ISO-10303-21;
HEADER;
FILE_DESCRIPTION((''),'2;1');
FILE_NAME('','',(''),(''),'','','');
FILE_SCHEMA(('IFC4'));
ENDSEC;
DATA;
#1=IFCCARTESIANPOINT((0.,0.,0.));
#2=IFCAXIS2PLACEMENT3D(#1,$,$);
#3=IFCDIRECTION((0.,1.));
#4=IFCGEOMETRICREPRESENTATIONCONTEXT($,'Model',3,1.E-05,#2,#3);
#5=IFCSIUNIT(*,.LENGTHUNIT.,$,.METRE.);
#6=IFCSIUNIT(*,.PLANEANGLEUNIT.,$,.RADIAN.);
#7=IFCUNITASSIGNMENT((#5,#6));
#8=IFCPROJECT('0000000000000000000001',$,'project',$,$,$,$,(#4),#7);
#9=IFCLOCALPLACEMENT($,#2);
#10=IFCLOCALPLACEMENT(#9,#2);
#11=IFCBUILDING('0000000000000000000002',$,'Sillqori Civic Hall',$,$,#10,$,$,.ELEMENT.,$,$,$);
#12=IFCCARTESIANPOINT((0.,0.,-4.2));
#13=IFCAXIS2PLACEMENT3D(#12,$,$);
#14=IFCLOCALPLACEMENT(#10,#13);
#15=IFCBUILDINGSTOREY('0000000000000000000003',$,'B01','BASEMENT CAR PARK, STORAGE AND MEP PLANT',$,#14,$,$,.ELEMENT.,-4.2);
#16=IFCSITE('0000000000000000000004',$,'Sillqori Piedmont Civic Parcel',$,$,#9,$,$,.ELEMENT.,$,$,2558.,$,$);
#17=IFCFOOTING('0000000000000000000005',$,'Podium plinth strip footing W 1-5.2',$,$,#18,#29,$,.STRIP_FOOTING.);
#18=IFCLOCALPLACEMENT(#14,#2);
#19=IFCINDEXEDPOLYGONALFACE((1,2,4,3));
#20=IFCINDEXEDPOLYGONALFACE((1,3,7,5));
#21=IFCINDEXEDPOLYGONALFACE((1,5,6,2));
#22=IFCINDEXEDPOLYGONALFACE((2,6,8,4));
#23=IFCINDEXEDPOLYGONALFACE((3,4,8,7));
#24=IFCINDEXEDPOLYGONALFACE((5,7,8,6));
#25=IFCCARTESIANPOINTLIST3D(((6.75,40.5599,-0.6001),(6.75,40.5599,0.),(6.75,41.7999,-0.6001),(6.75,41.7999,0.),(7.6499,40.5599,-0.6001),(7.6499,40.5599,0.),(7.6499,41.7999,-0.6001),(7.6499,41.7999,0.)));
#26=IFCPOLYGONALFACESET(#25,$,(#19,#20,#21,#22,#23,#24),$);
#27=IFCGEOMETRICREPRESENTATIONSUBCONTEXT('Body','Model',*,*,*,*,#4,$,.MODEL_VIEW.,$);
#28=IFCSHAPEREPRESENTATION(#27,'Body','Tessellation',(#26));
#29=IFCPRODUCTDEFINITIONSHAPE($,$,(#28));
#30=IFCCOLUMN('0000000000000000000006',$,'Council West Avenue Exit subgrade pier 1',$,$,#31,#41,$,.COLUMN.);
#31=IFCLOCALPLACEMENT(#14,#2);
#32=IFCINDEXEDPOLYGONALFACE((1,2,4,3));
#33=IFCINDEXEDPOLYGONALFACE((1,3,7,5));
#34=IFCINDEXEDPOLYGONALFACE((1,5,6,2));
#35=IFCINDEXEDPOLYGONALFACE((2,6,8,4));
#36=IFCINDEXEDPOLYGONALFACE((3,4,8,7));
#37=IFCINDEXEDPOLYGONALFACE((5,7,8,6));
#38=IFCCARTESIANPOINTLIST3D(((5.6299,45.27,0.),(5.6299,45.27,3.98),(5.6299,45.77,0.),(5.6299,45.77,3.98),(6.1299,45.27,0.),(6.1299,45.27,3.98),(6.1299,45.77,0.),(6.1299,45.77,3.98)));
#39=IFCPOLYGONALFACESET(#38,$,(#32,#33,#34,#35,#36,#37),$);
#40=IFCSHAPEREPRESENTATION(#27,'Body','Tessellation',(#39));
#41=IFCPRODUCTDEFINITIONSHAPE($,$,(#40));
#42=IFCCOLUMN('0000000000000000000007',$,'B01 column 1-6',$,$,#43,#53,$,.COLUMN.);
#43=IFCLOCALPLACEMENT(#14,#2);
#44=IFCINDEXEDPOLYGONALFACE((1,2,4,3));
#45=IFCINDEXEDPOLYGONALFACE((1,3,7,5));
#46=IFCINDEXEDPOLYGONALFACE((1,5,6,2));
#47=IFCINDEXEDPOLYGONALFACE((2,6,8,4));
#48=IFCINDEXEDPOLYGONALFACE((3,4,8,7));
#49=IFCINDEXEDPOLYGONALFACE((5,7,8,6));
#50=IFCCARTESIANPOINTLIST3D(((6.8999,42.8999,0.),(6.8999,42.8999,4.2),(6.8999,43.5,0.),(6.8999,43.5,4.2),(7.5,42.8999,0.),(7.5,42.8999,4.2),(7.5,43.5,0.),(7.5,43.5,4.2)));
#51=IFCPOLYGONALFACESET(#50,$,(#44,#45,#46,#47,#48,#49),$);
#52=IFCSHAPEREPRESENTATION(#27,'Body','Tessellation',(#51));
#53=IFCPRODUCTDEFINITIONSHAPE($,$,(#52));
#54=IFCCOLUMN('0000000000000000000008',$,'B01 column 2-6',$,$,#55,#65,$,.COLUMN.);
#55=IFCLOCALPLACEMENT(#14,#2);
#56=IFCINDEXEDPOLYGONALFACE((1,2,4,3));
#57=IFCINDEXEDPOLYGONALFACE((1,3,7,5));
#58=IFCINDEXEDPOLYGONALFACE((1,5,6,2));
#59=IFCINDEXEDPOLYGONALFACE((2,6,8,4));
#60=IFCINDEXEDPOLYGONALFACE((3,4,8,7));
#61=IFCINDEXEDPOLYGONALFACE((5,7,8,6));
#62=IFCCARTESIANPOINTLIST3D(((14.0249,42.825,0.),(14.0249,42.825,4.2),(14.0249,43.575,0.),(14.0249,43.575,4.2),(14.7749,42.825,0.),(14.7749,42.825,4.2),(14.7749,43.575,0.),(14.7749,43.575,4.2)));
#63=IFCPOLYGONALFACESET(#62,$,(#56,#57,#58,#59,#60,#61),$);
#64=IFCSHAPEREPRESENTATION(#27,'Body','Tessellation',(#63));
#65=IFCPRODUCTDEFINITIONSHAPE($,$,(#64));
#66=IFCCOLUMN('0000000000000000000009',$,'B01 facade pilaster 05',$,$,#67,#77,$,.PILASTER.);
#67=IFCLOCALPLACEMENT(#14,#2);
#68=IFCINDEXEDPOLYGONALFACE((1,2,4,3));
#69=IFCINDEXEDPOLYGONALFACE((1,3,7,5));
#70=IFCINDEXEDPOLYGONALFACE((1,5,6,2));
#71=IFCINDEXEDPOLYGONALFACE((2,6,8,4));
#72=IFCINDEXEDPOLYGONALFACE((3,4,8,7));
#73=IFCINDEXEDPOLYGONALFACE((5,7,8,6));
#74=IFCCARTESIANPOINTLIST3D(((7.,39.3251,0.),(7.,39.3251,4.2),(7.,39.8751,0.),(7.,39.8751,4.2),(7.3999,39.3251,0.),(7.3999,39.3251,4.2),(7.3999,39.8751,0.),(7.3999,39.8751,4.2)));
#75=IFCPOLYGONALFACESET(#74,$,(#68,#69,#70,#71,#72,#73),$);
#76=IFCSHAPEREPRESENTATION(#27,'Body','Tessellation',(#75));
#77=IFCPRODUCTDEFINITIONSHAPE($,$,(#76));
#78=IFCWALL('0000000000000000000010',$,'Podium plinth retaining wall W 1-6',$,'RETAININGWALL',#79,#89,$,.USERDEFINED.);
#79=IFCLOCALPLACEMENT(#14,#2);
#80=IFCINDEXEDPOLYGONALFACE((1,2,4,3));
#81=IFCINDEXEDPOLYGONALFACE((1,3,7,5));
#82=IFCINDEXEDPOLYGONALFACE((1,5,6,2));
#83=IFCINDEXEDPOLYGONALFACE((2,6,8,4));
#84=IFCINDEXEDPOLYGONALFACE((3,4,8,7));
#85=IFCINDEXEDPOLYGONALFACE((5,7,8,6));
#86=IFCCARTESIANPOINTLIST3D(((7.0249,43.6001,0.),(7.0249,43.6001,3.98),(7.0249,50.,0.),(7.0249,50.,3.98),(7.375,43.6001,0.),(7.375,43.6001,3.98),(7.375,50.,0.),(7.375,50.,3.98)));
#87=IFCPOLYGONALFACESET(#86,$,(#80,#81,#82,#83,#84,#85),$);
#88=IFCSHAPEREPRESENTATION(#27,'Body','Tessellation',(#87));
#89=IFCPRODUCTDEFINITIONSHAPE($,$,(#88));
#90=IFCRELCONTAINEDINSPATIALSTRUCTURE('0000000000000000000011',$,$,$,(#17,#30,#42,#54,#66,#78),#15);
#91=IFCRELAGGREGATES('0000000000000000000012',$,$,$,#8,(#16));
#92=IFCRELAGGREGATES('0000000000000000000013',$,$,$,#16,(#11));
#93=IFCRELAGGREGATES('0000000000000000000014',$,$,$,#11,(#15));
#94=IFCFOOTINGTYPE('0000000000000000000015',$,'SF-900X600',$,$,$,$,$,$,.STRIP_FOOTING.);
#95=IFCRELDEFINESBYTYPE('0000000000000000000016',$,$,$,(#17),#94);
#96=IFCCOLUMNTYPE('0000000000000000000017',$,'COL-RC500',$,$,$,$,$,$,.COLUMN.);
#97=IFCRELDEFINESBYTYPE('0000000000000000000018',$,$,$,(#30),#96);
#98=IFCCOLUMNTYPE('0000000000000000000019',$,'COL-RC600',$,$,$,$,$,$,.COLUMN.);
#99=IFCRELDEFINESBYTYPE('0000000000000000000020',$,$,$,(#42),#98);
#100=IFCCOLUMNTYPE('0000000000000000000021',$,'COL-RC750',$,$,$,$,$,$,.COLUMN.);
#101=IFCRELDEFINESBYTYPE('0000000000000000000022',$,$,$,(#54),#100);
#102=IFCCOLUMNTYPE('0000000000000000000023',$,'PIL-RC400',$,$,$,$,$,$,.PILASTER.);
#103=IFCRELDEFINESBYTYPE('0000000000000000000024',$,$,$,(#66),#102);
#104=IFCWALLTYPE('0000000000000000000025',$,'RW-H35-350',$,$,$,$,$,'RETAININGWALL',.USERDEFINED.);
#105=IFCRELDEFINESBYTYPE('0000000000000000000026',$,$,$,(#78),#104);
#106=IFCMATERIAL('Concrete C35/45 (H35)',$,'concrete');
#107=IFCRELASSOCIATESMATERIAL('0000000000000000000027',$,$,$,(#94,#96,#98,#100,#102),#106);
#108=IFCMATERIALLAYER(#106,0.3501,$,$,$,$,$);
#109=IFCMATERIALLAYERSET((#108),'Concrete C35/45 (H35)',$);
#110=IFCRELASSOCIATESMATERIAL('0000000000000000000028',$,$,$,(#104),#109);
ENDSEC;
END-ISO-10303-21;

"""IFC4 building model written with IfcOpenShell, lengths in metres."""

from ifc_helpers import new_model, si_unit, direction, frame, frame_2d, origin, origin_2d, place, context, subcontext, project, spatial, rectangle, extrude, material, layer, layer_set, material_profile, profile_set, type_object, element, save


model = new_model("IFC4")

# Units and contexts
model_context = context("Model", 3, precision=1e-05, world=origin(), true_north=direction((0.0, 1.0)))
body_context = subcontext(model_context, "Body", "Model", "MODEL_VIEW")
ifc_project = project(units=[si_unit("LENGTHUNIT", "METRE"), si_unit("PLANEANGLEUNIT", "RADIAN")], contexts=[model_context])

# Site, building, storey
site_placement = place(None, origin())
site = spatial("IfcSite", under=ifc_project, at=site_placement, Name="Sillqori Piedmont Civic Parcel", CompositionType="ELEMENT", RefElevation=2558.0)
building_placement = place(site_placement, origin())
building = spatial("IfcBuilding", under=site, at=building_placement, Name="Sillqori Civic Hall", CompositionType="ELEMENT")
storey_placement = place(building_placement, frame((0.0, 0.0, -4.2)))
storey = spatial("IfcBuildingStorey", under=building, at=storey_placement, Name="B01", Description="BASEMENT CAR PARK, STORAGE AND MEP PLANT", CompositionType="ELEMENT", Elevation=-4.2)

# Shared definitions
ifc_material = material(Name="Concrete C35/45 (H35)", Category="concrete")

# Footing
footing_type_1 = type_object("IfcFootingType", Name="SF-900X600", PredefinedType="STRIP_FOOTING", material=ifc_material)
for number, where, z_axis, x_axis, name in (
    (1, (7.2, 41.1799, -0.6001), (0.0, 0.0, 1.0), (1.0, 0.0, 0.0), "Podium plinth strip footing W 1-5.2"),
):
    element("IfcFooting", number, at=place(storey_placement, frame(where, z_axis=z_axis, x_axis=x_axis)), inside=storey, type_object=footing_type_1, Name=name, PredefinedType="STRIP_FOOTING", context=body_context, shape_type="SweptSolid", body=[
        extrude(rectangle(XDim=0.8999, YDim=1.24, at=origin_2d()), origin(), (0.0, 0.0, 1.0), 0.6001),
    ])

# Columns
ifc_material_profile_1 = material_profile(ifc_material, rectangle(XDim=0.5, YDim=0.5, at=origin_2d()), Name="RC 500x500")
ifc_profile_set_1 = profile_set([ifc_material_profile_1], Name="Concrete C35/45 (H35)")
column_type_1 = type_object("IfcColumnType", Name="COL-RC500", PredefinedType="COLUMN", material=ifc_profile_set_1)
column_1_placement = place(storey_placement, frame((5.8799, 45.52, 0.0), z_axis=(0.0, 0.0, 1.0), x_axis=(1.0, 0.0, 0.0)))
element("IfcColumn", 2, at=column_1_placement, inside=storey, type_object=column_type_1, Name="Council West Avenue Exit subgrade pier 1", PredefinedType="COLUMN", context=body_context, shape_type="SweptSolid", body=[
    extrude(rectangle(XDim=0.5, YDim=0.5, at=origin_2d()), origin(), (0.0, 0.0, 1.0), 3.98),
])
ifc_material_profile_2 = material_profile(ifc_material, rectangle(XDim=0.6001, YDim=0.6001, at=origin_2d()), Name="RC 600x600")
ifc_profile_set_2 = profile_set([ifc_material_profile_2], Name="Concrete C35/45 (H35)")
column_type_2 = type_object("IfcColumnType", Name="COL-RC600", PredefinedType="COLUMN", material=ifc_profile_set_2)
column_2_placement = place(storey_placement, frame((7.2, 43.2, 0.0), z_axis=(0.0, 0.0, 1.0), x_axis=(1.0, 0.0, 0.0)))
element("IfcColumn", 3, at=column_2_placement, inside=storey, type_object=column_type_2, Name="B01 column 1-6", PredefinedType="COLUMN", context=body_context, shape_type="SweptSolid", body=[
    extrude(rectangle(XDim=0.6001, YDim=0.6001, at=origin_2d()), origin(), (0.0, 0.0, 1.0), 4.2),
])
ifc_material_profile_3 = material_profile(ifc_material, rectangle(XDim=0.75, YDim=0.75, at=origin_2d()), Name="RC 750x750")
ifc_profile_set_3 = profile_set([ifc_material_profile_3], Name="Concrete C35/45 (H35)")
column_type_3 = type_object("IfcColumnType", Name="COL-RC750", PredefinedType="COLUMN", material=ifc_profile_set_3)
column_3_placement = place(storey_placement, frame((14.3999, 43.2, 0.0), z_axis=(0.0, 0.0, 1.0), x_axis=(1.0, 0.0, 0.0)))
element("IfcColumn", 4, at=column_3_placement, inside=storey, type_object=column_type_3, Name="B01 column 2-6", PredefinedType="COLUMN", context=body_context, shape_type="SweptSolid", body=[
    extrude(rectangle(XDim=0.75, YDim=0.75, at=origin_2d()), origin(), (0.0, 0.0, 1.0), 4.2),
])
ifc_material_profile_4 = material_profile(ifc_material, rectangle(XDim=0.3999, YDim=0.55, at=origin_2d()), Name="RC 400x550")
ifc_profile_set_4 = profile_set([ifc_material_profile_4], Name="Concrete C35/45 (H35)")
column_type_4 = type_object("IfcColumnType", Name="PIL-RC400", PredefinedType="PILASTER", material=ifc_profile_set_4)
column_4_placement = place(storey_placement, frame((7.2, 39.6001, 0.0), z_axis=(0.0, 0.0, 1.0), x_axis=(1.0, 0.0, 0.0)))
element("IfcColumn", 5, at=column_4_placement, inside=storey, type_object=column_type_4, Name="B01 facade pilaster 05", PredefinedType="PILASTER", context=body_context, shape_type="SweptSolid", body=[
    extrude(rectangle(XDim=0.3999, YDim=0.55, at=origin_2d()), origin(), (0.0, 0.0, 1.0), 4.2),
])

# Wall
ifc_layer = layer(ifc_material, 0.3501)
ifc_layer_set = layer_set([ifc_layer], Name="Concrete C35/45 (H35)")
wall_type = type_object("IfcWallType", Name="RW-H35-350", ElementType="RETAININGWALL", PredefinedType="USERDEFINED", material=ifc_layer_set)
wall_placement = place(storey_placement, frame((7.2, 43.6001, 0.0), z_axis=(0.0, 0.0, 1.0), x_axis=(0.0, 1.0, 0.0)))
element("IfcWall", 6, at=wall_placement, inside=storey, type_object=wall_type, Name="Podium plinth retaining wall W 1-6", ObjectType="RETAININGWALL", PredefinedType="USERDEFINED", context=body_context, shape_type="SweptSolid", body=[
    extrude(rectangle(XDim=6.3999, YDim=0.3501, at=frame_2d((3.2, 0.0))), origin(), (0.0, 0.0, 1.0), 3.98),
])

save(model, "model.ifc")
